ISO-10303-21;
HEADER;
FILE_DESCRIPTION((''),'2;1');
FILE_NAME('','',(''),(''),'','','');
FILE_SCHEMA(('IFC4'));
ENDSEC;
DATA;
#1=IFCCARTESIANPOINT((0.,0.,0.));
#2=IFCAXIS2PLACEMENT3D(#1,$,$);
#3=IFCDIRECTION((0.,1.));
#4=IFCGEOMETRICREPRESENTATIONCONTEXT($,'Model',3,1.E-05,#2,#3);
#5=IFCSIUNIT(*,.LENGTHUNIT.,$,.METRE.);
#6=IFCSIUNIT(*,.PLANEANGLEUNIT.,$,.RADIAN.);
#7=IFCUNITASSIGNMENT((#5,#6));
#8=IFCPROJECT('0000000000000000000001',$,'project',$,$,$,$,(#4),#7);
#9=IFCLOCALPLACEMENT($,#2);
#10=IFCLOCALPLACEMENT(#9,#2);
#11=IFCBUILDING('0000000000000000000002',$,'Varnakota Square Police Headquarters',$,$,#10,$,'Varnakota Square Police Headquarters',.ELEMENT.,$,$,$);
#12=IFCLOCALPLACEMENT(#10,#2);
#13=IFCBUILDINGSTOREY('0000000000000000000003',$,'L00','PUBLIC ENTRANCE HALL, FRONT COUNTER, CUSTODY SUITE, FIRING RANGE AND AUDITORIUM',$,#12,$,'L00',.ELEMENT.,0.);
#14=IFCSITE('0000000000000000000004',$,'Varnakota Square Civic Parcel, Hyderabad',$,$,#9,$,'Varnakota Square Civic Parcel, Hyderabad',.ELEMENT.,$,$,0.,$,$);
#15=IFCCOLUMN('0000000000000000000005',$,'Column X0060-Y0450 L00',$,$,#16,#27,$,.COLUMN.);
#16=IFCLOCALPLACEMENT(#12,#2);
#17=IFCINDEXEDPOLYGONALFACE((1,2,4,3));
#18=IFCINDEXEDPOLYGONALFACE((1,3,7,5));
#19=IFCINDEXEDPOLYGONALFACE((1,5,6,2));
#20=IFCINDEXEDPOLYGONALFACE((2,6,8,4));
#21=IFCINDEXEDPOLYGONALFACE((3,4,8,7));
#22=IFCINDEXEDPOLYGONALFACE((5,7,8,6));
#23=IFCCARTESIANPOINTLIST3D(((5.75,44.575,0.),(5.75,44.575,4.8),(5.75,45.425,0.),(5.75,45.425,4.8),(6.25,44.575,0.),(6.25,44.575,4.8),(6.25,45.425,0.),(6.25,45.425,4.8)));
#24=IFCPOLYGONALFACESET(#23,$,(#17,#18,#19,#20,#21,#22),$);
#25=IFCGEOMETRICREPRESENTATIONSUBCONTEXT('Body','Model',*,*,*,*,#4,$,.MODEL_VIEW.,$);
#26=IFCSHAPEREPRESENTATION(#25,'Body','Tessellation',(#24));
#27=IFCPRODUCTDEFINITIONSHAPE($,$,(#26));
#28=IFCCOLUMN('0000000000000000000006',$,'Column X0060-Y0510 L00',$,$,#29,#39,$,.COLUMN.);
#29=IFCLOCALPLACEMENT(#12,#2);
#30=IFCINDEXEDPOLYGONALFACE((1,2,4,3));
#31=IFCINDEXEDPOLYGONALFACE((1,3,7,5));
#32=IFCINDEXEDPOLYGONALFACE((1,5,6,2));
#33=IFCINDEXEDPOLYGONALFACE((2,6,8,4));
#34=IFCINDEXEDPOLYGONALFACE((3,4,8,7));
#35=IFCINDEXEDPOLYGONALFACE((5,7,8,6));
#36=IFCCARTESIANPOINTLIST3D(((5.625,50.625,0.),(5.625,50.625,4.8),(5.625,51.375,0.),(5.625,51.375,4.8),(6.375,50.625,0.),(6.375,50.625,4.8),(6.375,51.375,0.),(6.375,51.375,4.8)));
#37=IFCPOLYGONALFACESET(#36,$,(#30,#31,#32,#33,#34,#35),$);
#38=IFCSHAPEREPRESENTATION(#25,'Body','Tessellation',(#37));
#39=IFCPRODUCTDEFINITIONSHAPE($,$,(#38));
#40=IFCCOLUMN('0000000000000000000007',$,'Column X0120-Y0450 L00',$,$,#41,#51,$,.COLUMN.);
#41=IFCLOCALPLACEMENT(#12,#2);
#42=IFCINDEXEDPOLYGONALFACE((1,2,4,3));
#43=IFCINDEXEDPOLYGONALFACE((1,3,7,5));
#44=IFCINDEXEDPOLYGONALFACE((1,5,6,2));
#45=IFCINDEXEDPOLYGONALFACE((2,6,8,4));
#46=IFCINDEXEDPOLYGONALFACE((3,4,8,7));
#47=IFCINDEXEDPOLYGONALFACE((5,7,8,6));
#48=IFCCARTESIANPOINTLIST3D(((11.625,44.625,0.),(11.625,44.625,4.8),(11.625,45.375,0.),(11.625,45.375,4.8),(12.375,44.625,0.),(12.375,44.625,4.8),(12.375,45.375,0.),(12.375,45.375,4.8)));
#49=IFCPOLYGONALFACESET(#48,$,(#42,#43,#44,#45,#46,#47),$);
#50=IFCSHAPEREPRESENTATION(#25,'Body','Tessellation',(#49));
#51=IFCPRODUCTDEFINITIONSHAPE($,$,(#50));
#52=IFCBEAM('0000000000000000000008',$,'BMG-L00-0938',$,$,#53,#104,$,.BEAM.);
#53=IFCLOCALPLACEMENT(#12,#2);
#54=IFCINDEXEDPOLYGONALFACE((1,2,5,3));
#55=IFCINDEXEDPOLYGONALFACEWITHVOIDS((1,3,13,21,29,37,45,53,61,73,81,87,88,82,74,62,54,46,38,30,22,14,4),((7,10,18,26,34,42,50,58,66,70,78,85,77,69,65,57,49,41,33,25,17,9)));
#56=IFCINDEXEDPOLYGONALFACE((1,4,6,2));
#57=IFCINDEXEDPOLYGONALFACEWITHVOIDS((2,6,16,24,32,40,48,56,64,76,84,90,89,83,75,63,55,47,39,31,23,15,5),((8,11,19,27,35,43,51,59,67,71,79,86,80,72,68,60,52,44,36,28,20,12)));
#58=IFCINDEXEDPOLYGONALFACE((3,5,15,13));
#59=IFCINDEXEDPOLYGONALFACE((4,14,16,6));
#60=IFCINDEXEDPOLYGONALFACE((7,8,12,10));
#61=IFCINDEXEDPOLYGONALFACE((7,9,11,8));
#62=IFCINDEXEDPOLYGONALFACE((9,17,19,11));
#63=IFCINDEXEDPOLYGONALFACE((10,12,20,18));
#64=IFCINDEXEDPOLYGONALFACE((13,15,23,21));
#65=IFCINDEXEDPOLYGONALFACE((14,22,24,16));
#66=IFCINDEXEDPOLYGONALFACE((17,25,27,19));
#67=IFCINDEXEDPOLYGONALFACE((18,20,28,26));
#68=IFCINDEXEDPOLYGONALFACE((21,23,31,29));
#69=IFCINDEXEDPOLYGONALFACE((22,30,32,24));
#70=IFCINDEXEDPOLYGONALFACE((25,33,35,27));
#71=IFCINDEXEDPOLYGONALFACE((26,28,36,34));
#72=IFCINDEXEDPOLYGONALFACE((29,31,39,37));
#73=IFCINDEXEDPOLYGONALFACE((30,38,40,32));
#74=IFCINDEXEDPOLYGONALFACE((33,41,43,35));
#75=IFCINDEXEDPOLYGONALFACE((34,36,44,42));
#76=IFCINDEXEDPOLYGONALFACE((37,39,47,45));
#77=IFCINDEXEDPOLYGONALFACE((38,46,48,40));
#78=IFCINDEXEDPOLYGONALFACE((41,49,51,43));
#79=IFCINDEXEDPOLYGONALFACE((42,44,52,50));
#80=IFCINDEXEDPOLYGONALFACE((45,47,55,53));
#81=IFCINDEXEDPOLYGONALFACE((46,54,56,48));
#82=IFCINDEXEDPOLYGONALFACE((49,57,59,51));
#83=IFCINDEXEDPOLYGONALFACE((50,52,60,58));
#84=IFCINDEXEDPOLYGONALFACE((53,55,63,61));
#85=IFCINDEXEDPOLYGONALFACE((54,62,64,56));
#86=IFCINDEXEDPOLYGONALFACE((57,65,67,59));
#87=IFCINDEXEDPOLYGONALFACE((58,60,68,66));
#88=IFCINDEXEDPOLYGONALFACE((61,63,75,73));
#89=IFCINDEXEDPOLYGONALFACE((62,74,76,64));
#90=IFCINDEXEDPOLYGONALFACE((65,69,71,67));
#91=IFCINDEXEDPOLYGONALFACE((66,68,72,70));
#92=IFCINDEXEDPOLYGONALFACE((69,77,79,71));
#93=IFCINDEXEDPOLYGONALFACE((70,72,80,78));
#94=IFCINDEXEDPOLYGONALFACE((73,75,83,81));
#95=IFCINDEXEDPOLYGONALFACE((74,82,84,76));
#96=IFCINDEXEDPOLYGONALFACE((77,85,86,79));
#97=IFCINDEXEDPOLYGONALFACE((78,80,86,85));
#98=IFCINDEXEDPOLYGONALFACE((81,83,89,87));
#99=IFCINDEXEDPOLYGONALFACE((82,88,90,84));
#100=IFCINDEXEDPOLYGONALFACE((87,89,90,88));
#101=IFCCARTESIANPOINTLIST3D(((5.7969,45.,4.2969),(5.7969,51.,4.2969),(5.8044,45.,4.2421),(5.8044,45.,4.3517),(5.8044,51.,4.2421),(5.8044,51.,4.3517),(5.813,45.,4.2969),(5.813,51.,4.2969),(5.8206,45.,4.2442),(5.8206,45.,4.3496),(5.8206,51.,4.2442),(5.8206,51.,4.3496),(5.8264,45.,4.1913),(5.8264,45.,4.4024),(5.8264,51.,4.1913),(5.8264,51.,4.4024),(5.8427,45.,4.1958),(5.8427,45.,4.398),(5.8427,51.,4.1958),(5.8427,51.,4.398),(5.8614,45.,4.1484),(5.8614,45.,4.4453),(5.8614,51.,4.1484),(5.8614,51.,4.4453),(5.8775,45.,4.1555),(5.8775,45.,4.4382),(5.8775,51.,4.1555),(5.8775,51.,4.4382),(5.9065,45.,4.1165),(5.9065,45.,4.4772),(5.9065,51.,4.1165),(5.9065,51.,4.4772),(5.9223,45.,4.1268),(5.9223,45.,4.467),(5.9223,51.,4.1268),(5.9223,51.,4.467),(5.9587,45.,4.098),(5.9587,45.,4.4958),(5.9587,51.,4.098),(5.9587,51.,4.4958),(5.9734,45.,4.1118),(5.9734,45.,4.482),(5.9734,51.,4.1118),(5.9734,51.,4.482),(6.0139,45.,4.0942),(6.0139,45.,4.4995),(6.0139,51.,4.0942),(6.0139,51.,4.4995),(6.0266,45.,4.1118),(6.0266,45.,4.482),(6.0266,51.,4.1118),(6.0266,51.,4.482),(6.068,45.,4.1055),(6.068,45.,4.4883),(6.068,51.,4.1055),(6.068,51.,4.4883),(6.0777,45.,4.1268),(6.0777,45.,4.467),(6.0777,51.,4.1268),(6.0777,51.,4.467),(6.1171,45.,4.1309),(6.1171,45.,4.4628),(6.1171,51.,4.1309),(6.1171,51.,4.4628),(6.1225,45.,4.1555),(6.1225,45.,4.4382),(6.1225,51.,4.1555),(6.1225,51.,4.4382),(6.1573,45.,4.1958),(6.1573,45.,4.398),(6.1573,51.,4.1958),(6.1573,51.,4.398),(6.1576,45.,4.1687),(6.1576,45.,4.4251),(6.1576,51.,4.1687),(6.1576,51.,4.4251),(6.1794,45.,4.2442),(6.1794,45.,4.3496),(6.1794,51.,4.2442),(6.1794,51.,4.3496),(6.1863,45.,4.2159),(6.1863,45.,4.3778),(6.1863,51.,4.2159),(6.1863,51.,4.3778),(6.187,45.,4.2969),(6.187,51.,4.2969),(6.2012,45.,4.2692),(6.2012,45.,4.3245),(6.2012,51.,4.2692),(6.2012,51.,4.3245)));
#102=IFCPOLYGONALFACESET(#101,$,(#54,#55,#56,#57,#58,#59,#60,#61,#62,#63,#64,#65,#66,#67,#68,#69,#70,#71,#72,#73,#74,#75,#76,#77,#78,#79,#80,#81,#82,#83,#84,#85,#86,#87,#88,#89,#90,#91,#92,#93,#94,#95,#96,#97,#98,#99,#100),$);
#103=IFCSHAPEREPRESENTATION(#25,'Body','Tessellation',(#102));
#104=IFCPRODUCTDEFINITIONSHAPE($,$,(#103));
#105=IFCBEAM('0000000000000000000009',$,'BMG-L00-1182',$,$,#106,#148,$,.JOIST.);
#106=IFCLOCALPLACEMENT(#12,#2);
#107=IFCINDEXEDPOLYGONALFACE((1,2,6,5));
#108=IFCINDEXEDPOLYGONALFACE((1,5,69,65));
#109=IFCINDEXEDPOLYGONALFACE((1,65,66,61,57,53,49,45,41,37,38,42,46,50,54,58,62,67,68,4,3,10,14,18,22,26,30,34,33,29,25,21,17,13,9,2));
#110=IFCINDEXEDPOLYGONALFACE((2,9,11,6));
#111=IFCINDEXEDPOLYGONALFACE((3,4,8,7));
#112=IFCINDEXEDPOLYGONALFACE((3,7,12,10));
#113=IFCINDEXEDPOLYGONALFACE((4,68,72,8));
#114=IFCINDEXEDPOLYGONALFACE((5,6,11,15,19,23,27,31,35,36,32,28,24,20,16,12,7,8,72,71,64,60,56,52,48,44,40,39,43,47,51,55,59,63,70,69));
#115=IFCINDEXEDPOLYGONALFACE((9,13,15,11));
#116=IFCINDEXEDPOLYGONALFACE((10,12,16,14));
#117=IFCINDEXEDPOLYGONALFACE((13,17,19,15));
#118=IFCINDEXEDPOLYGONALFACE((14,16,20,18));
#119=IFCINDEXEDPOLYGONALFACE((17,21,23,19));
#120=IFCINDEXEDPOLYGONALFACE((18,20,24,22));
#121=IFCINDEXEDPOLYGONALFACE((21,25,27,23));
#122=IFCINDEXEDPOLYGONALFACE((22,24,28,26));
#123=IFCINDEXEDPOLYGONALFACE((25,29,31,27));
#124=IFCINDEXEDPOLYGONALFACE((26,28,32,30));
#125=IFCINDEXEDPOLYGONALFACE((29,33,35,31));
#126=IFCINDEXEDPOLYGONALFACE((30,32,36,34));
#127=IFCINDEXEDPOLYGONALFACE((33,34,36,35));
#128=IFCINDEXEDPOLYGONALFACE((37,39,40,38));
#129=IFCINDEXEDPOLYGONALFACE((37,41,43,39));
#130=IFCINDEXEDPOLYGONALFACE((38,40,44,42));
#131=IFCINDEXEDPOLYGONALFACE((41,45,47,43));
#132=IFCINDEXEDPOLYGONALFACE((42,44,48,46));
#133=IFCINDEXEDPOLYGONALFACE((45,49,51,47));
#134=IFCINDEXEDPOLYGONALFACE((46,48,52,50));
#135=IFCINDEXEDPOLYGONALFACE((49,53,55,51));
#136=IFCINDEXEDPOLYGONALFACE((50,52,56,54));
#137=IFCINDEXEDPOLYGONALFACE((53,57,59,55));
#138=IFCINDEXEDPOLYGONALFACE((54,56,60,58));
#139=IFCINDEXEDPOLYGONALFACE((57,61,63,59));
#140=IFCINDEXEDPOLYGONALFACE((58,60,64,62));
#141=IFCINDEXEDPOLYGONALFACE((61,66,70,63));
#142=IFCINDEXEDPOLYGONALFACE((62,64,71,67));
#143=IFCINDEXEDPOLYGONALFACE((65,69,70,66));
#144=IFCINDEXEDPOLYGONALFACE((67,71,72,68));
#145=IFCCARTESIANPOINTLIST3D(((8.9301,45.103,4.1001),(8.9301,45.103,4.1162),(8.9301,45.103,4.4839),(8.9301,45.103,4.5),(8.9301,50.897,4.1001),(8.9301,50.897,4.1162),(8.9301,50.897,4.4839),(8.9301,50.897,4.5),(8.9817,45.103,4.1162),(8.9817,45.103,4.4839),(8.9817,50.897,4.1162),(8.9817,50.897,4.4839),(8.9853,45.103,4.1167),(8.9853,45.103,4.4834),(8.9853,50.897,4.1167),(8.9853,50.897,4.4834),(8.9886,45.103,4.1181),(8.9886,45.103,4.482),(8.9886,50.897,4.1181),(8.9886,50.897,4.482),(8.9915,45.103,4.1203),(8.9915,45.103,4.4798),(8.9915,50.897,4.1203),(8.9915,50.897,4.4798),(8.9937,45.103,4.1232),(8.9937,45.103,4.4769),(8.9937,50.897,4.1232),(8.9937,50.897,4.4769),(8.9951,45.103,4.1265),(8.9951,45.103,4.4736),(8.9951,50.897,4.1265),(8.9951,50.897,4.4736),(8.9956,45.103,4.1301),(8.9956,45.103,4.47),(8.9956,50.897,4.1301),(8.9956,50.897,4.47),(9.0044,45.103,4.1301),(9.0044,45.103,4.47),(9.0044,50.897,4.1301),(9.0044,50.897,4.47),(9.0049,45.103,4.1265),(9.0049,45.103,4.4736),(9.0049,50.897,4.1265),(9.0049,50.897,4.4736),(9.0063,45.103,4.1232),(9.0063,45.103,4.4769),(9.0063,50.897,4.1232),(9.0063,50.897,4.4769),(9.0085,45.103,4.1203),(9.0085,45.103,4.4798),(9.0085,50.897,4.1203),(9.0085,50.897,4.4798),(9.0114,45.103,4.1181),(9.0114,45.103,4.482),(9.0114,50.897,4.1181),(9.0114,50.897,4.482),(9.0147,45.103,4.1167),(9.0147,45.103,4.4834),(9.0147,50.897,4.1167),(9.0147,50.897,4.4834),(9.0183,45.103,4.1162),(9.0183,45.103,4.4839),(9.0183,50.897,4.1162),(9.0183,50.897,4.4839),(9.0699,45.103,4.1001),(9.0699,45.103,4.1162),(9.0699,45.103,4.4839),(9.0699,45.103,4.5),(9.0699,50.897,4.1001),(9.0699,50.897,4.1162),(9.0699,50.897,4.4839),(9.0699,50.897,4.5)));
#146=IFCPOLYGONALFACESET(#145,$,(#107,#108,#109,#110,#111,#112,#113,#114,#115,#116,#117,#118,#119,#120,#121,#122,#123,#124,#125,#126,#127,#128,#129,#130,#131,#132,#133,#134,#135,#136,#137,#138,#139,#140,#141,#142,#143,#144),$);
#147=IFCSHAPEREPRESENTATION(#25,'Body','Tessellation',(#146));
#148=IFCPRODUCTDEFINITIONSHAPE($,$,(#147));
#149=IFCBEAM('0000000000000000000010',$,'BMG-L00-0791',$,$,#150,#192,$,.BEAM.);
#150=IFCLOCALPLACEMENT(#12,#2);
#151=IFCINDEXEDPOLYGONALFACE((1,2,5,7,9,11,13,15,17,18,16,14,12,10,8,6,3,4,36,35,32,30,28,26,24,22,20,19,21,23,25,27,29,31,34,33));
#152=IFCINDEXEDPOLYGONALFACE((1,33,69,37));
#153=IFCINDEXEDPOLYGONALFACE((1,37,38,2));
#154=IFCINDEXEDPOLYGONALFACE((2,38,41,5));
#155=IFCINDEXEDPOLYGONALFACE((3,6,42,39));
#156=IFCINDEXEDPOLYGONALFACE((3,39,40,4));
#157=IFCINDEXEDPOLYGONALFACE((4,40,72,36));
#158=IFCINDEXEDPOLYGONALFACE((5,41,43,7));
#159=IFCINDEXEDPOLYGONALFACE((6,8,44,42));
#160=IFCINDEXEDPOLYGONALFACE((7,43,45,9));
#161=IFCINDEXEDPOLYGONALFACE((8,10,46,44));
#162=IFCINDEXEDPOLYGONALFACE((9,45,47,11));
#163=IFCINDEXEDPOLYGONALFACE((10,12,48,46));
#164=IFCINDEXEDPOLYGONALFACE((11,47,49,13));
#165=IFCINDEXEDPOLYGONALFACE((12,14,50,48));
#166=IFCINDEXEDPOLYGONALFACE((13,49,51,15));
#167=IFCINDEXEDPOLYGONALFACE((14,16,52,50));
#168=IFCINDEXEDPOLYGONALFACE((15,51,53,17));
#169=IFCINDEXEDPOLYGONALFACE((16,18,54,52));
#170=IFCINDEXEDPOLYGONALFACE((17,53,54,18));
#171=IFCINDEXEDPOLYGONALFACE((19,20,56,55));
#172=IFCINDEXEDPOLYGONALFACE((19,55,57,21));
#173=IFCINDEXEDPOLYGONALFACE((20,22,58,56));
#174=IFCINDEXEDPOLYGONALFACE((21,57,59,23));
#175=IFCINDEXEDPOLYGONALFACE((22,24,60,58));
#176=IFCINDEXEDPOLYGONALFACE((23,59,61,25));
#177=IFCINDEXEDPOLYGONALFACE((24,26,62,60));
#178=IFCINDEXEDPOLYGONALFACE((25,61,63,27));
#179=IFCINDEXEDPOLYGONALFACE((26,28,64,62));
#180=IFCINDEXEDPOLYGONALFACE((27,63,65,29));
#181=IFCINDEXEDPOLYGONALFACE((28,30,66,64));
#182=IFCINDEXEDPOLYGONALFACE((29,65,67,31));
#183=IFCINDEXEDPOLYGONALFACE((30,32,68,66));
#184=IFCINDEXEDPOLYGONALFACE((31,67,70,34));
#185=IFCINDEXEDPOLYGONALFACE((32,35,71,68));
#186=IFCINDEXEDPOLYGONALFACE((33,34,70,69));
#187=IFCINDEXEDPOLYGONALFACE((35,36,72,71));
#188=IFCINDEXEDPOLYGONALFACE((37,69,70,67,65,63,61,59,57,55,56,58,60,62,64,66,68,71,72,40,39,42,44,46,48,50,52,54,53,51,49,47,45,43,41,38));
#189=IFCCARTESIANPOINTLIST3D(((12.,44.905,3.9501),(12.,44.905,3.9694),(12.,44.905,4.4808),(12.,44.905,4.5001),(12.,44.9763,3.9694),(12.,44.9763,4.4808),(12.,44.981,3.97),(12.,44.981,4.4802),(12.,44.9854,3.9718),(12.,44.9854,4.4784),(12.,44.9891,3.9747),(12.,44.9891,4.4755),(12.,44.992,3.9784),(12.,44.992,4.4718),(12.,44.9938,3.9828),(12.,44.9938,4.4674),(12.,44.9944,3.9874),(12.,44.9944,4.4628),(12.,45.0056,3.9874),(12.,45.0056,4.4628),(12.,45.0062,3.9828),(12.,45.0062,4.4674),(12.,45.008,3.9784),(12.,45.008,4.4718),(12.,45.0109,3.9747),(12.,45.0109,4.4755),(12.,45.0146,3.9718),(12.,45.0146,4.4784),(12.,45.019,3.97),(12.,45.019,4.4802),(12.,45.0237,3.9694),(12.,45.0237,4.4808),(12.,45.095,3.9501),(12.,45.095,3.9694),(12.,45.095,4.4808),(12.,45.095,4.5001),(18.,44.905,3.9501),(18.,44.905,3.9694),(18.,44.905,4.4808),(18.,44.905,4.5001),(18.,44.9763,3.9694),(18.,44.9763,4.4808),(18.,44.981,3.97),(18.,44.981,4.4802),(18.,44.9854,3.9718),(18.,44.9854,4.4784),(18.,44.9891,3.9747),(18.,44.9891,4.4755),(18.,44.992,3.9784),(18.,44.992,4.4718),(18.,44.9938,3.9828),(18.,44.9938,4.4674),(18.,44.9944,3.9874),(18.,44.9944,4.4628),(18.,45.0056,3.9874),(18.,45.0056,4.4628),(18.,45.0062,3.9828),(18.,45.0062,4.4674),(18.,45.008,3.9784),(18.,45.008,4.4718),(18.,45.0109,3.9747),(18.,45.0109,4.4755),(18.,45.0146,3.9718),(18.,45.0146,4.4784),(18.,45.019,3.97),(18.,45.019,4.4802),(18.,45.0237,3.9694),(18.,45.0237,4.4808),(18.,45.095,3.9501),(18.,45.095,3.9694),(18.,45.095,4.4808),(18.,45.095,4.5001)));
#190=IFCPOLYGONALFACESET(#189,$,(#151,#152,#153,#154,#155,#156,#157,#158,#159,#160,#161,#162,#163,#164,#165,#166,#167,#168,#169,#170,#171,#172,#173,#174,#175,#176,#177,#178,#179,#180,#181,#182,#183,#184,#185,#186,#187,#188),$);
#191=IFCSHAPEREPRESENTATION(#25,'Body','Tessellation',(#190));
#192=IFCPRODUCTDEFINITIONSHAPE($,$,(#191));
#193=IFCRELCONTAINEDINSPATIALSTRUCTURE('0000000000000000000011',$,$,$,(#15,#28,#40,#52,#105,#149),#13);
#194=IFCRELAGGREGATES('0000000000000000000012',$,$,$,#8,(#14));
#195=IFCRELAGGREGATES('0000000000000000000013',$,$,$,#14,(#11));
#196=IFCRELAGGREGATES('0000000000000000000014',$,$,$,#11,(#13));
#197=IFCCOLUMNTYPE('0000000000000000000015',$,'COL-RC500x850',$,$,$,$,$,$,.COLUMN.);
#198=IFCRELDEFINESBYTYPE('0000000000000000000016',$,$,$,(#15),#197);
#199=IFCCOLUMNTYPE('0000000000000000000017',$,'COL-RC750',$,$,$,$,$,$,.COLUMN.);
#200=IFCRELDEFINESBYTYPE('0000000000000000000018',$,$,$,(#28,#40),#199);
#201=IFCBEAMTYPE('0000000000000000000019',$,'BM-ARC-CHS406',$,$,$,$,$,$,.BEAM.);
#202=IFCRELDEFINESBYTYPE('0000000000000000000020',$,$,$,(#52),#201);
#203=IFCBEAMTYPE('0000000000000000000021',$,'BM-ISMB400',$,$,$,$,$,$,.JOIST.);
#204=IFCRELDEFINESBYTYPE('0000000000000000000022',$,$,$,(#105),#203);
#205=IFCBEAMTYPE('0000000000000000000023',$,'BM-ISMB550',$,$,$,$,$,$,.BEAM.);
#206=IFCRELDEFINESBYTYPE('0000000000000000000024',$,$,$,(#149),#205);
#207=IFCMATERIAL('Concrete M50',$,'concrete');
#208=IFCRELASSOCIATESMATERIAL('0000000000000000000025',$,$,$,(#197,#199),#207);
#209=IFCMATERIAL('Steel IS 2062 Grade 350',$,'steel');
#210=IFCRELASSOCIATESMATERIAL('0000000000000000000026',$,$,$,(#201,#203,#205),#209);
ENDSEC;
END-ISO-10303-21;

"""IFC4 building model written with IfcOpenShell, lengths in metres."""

from ifc_helpers import new_model, si_unit, direction, frame, origin, origin_2d, place, context, subcontext, project, spatial, rectangle, hollow_circle, i_section, extrude, material, material_profile, profile_set, type_object, element, save


model = new_model("IFC4")

# Units and contexts
model_context = context("Model", 3, precision=1e-05, world=origin(), true_north=direction((0.0, 1.0)))
body_context = subcontext(model_context, "Body", "Model", "MODEL_VIEW")
ifc_project = project(units=[si_unit("LENGTHUNIT", "METRE"), si_unit("PLANEANGLEUNIT", "RADIAN")], contexts=[model_context])

# Site, building, storey
site_placement = place(None, origin())
site = spatial("IfcSite", under=ifc_project, at=site_placement, Name="Varnakota Square Civic Parcel, Hyderabad", LongName="Varnakota Square Civic Parcel, Hyderabad", CompositionType="ELEMENT", RefElevation=0.0)
building_placement = place(site_placement, origin())
building = spatial("IfcBuilding", under=site, at=building_placement, Name="Varnakota Square Police Headquarters", LongName="Varnakota Square Police Headquarters", CompositionType="ELEMENT")
storey_placement = place(building_placement, origin())
storey = spatial("IfcBuildingStorey", under=building, at=storey_placement, Name="L00", Description="PUBLIC ENTRANCE HALL, FRONT COUNTER, CUSTODY SUITE, FIRING RANGE AND AUDITORIUM", LongName="L00", CompositionType="ELEMENT", Elevation=0.0)

# Columns
ifc_material_1 = material(Name="Concrete M50", Category="concrete")
ifc_material_profile_1 = material_profile(ifc_material_1, rectangle(XDim=0.5, YDim=0.8501, at=origin_2d()), Name="RC 500x850")
ifc_profile_set_1 = profile_set([ifc_material_profile_1], Name="Concrete M50")
column_type_1 = type_object("IfcColumnType", Name="COL-RC500x850", PredefinedType="COLUMN", material=ifc_profile_set_1)
column_placement = place(storey_placement, frame((6.0, 45.0, 0.0), z_axis=(0.0, 0.0, 1.0), x_axis=(1.0, 0.0, 0.0)))
element("IfcColumn", 1, at=column_placement, inside=storey, type_object=column_type_1, Name="Column X0060-Y0450 L00", PredefinedType="COLUMN", context=body_context, shape_type="SweptSolid", body=[
    extrude(rectangle(XDim=0.5, YDim=0.8501, at=origin_2d()), origin(), (0.0, 0.0, 1.0), 4.8),
])
ifc_material_profile_2 = material_profile(ifc_material_1, rectangle(XDim=0.75, YDim=0.75, at=origin_2d()), Name="RC 750x750")
ifc_profile_set_2 = profile_set([ifc_material_profile_2], Name="Concrete M50")
column_type_2 = type_object("IfcColumnType", Name="COL-RC750", PredefinedType="COLUMN", material=ifc_profile_set_2)
for number, where, z_axis, x_axis, name in (
    (2, (6.0, 51.0, 0.0), (0.0, 0.0, 1.0), (1.0, 0.0, 0.0), "Column X0060-Y0510 L00"),
    (3, (12.0, 45.0, 0.0), (0.0, 0.0, 1.0), (1.0, 0.0, 0.0), "Column X0120-Y0450 L00"),
):
    element("IfcColumn", number, at=place(storey_placement, frame(where, z_axis=z_axis, x_axis=x_axis)), inside=storey, type_object=column_type_2, Name=name, PredefinedType="COLUMN", context=body_context, shape_type="SweptSolid", body=[
        extrude(rectangle(XDim=0.75, YDim=0.75, at=origin_2d()), origin(), (0.0, 0.0, 1.0), 4.8),
    ])

# Beams
ifc_material_2 = material(Name="Steel IS 2062 Grade 350", Category="steel")
ifc_material_profile_3 = material_profile(ifc_material_2, hollow_circle(Radius=0.2031, WallThickness=0.0161, at=origin_2d()), Name="CHS 406.4x16.0")
ifc_profile_set_3 = profile_set([ifc_material_profile_3], Name="Steel IS 2062 Grade 350")
beam_type_1 = type_object("IfcBeamType", Name="BM-ARC-CHS406", PredefinedType="BEAM", material=ifc_profile_set_3)
beam_1_placement = place(storey_placement, frame((6.0, 45.0, 4.2969), z_axis=(0.0, 1.0, 0.0), x_axis=(-1.0, 0.0, 0.0)))
element("IfcBeam", 4, at=beam_1_placement, inside=storey, type_object=beam_type_1, Name="BMG-L00-0938", PredefinedType="BEAM", context=body_context, shape_type="SweptSolid", body=[
    extrude(hollow_circle(Radius=0.2031, WallThickness=0.0161, at=origin_2d()), origin(), (0.0, 0.0, 1.0), 6.0),
])
ifc_material_profile_4 = material_profile(ifc_material_2, i_section(OverallWidth=0.1399, OverallDepth=0.3999, WebThickness=0.0088, FlangeThickness=0.0161, FilletRadius=0.0139, at=origin_2d()), Name="ISMB 400")
ifc_profile_set_4 = profile_set([ifc_material_profile_4], Name="Steel IS 2062 Grade 350")
beam_type_2 = type_object("IfcBeamType", Name="BM-ISMB400", PredefinedType="JOIST", material=ifc_profile_set_4)
beam_2_placement = place(storey_placement, frame((9.0, 45.103, 4.3), z_axis=(0.0, 1.0, 0.0), x_axis=(-1.0, 0.0, 0.0)))
element("IfcBeam", 5, at=beam_2_placement, inside=storey, type_object=beam_type_2, Name="BMG-L00-1182", PredefinedType="JOIST", context=body_context, shape_type="SweptSolid", body=[
    extrude(i_section(OverallWidth=0.1399, OverallDepth=0.3999, WebThickness=0.0088, FlangeThickness=0.0161, FilletRadius=0.0139, at=origin_2d()), origin(), (0.0, 0.0, 1.0), 5.7939),
])
ifc_material_profile_5 = material_profile(ifc_material_2, i_section(OverallWidth=0.1899, OverallDepth=0.55, WebThickness=0.0112, FlangeThickness=0.0193, FilletRadius=0.0181, at=origin_2d()), Name="ISMB 550")
ifc_profile_set_5 = profile_set([ifc_material_profile_5], Name="Steel IS 2062 Grade 350")
beam_type_3 = type_object("IfcBeamType", Name="BM-ISMB550", PredefinedType="BEAM", material=ifc_profile_set_5)
beam_3_placement = place(storey_placement, frame((12.0, 45.0, 4.2251), z_axis=(1.0, 0.0, 0.0), x_axis=(0.0, 1.0, 0.0)))
element("IfcBeam", 6, at=beam_3_placement, inside=storey, type_object=beam_type_3, Name="BMG-L00-0791", PredefinedType="BEAM", context=body_context, shape_type="SweptSolid", body=[
    extrude(i_section(OverallWidth=0.1899, OverallDepth=0.55, WebThickness=0.0112, FlangeThickness=0.0193, FilletRadius=0.0181, at=origin_2d()), origin(), (0.0, 0.0, 1.0), 6.0),
])

save(model, "model.ifc")
